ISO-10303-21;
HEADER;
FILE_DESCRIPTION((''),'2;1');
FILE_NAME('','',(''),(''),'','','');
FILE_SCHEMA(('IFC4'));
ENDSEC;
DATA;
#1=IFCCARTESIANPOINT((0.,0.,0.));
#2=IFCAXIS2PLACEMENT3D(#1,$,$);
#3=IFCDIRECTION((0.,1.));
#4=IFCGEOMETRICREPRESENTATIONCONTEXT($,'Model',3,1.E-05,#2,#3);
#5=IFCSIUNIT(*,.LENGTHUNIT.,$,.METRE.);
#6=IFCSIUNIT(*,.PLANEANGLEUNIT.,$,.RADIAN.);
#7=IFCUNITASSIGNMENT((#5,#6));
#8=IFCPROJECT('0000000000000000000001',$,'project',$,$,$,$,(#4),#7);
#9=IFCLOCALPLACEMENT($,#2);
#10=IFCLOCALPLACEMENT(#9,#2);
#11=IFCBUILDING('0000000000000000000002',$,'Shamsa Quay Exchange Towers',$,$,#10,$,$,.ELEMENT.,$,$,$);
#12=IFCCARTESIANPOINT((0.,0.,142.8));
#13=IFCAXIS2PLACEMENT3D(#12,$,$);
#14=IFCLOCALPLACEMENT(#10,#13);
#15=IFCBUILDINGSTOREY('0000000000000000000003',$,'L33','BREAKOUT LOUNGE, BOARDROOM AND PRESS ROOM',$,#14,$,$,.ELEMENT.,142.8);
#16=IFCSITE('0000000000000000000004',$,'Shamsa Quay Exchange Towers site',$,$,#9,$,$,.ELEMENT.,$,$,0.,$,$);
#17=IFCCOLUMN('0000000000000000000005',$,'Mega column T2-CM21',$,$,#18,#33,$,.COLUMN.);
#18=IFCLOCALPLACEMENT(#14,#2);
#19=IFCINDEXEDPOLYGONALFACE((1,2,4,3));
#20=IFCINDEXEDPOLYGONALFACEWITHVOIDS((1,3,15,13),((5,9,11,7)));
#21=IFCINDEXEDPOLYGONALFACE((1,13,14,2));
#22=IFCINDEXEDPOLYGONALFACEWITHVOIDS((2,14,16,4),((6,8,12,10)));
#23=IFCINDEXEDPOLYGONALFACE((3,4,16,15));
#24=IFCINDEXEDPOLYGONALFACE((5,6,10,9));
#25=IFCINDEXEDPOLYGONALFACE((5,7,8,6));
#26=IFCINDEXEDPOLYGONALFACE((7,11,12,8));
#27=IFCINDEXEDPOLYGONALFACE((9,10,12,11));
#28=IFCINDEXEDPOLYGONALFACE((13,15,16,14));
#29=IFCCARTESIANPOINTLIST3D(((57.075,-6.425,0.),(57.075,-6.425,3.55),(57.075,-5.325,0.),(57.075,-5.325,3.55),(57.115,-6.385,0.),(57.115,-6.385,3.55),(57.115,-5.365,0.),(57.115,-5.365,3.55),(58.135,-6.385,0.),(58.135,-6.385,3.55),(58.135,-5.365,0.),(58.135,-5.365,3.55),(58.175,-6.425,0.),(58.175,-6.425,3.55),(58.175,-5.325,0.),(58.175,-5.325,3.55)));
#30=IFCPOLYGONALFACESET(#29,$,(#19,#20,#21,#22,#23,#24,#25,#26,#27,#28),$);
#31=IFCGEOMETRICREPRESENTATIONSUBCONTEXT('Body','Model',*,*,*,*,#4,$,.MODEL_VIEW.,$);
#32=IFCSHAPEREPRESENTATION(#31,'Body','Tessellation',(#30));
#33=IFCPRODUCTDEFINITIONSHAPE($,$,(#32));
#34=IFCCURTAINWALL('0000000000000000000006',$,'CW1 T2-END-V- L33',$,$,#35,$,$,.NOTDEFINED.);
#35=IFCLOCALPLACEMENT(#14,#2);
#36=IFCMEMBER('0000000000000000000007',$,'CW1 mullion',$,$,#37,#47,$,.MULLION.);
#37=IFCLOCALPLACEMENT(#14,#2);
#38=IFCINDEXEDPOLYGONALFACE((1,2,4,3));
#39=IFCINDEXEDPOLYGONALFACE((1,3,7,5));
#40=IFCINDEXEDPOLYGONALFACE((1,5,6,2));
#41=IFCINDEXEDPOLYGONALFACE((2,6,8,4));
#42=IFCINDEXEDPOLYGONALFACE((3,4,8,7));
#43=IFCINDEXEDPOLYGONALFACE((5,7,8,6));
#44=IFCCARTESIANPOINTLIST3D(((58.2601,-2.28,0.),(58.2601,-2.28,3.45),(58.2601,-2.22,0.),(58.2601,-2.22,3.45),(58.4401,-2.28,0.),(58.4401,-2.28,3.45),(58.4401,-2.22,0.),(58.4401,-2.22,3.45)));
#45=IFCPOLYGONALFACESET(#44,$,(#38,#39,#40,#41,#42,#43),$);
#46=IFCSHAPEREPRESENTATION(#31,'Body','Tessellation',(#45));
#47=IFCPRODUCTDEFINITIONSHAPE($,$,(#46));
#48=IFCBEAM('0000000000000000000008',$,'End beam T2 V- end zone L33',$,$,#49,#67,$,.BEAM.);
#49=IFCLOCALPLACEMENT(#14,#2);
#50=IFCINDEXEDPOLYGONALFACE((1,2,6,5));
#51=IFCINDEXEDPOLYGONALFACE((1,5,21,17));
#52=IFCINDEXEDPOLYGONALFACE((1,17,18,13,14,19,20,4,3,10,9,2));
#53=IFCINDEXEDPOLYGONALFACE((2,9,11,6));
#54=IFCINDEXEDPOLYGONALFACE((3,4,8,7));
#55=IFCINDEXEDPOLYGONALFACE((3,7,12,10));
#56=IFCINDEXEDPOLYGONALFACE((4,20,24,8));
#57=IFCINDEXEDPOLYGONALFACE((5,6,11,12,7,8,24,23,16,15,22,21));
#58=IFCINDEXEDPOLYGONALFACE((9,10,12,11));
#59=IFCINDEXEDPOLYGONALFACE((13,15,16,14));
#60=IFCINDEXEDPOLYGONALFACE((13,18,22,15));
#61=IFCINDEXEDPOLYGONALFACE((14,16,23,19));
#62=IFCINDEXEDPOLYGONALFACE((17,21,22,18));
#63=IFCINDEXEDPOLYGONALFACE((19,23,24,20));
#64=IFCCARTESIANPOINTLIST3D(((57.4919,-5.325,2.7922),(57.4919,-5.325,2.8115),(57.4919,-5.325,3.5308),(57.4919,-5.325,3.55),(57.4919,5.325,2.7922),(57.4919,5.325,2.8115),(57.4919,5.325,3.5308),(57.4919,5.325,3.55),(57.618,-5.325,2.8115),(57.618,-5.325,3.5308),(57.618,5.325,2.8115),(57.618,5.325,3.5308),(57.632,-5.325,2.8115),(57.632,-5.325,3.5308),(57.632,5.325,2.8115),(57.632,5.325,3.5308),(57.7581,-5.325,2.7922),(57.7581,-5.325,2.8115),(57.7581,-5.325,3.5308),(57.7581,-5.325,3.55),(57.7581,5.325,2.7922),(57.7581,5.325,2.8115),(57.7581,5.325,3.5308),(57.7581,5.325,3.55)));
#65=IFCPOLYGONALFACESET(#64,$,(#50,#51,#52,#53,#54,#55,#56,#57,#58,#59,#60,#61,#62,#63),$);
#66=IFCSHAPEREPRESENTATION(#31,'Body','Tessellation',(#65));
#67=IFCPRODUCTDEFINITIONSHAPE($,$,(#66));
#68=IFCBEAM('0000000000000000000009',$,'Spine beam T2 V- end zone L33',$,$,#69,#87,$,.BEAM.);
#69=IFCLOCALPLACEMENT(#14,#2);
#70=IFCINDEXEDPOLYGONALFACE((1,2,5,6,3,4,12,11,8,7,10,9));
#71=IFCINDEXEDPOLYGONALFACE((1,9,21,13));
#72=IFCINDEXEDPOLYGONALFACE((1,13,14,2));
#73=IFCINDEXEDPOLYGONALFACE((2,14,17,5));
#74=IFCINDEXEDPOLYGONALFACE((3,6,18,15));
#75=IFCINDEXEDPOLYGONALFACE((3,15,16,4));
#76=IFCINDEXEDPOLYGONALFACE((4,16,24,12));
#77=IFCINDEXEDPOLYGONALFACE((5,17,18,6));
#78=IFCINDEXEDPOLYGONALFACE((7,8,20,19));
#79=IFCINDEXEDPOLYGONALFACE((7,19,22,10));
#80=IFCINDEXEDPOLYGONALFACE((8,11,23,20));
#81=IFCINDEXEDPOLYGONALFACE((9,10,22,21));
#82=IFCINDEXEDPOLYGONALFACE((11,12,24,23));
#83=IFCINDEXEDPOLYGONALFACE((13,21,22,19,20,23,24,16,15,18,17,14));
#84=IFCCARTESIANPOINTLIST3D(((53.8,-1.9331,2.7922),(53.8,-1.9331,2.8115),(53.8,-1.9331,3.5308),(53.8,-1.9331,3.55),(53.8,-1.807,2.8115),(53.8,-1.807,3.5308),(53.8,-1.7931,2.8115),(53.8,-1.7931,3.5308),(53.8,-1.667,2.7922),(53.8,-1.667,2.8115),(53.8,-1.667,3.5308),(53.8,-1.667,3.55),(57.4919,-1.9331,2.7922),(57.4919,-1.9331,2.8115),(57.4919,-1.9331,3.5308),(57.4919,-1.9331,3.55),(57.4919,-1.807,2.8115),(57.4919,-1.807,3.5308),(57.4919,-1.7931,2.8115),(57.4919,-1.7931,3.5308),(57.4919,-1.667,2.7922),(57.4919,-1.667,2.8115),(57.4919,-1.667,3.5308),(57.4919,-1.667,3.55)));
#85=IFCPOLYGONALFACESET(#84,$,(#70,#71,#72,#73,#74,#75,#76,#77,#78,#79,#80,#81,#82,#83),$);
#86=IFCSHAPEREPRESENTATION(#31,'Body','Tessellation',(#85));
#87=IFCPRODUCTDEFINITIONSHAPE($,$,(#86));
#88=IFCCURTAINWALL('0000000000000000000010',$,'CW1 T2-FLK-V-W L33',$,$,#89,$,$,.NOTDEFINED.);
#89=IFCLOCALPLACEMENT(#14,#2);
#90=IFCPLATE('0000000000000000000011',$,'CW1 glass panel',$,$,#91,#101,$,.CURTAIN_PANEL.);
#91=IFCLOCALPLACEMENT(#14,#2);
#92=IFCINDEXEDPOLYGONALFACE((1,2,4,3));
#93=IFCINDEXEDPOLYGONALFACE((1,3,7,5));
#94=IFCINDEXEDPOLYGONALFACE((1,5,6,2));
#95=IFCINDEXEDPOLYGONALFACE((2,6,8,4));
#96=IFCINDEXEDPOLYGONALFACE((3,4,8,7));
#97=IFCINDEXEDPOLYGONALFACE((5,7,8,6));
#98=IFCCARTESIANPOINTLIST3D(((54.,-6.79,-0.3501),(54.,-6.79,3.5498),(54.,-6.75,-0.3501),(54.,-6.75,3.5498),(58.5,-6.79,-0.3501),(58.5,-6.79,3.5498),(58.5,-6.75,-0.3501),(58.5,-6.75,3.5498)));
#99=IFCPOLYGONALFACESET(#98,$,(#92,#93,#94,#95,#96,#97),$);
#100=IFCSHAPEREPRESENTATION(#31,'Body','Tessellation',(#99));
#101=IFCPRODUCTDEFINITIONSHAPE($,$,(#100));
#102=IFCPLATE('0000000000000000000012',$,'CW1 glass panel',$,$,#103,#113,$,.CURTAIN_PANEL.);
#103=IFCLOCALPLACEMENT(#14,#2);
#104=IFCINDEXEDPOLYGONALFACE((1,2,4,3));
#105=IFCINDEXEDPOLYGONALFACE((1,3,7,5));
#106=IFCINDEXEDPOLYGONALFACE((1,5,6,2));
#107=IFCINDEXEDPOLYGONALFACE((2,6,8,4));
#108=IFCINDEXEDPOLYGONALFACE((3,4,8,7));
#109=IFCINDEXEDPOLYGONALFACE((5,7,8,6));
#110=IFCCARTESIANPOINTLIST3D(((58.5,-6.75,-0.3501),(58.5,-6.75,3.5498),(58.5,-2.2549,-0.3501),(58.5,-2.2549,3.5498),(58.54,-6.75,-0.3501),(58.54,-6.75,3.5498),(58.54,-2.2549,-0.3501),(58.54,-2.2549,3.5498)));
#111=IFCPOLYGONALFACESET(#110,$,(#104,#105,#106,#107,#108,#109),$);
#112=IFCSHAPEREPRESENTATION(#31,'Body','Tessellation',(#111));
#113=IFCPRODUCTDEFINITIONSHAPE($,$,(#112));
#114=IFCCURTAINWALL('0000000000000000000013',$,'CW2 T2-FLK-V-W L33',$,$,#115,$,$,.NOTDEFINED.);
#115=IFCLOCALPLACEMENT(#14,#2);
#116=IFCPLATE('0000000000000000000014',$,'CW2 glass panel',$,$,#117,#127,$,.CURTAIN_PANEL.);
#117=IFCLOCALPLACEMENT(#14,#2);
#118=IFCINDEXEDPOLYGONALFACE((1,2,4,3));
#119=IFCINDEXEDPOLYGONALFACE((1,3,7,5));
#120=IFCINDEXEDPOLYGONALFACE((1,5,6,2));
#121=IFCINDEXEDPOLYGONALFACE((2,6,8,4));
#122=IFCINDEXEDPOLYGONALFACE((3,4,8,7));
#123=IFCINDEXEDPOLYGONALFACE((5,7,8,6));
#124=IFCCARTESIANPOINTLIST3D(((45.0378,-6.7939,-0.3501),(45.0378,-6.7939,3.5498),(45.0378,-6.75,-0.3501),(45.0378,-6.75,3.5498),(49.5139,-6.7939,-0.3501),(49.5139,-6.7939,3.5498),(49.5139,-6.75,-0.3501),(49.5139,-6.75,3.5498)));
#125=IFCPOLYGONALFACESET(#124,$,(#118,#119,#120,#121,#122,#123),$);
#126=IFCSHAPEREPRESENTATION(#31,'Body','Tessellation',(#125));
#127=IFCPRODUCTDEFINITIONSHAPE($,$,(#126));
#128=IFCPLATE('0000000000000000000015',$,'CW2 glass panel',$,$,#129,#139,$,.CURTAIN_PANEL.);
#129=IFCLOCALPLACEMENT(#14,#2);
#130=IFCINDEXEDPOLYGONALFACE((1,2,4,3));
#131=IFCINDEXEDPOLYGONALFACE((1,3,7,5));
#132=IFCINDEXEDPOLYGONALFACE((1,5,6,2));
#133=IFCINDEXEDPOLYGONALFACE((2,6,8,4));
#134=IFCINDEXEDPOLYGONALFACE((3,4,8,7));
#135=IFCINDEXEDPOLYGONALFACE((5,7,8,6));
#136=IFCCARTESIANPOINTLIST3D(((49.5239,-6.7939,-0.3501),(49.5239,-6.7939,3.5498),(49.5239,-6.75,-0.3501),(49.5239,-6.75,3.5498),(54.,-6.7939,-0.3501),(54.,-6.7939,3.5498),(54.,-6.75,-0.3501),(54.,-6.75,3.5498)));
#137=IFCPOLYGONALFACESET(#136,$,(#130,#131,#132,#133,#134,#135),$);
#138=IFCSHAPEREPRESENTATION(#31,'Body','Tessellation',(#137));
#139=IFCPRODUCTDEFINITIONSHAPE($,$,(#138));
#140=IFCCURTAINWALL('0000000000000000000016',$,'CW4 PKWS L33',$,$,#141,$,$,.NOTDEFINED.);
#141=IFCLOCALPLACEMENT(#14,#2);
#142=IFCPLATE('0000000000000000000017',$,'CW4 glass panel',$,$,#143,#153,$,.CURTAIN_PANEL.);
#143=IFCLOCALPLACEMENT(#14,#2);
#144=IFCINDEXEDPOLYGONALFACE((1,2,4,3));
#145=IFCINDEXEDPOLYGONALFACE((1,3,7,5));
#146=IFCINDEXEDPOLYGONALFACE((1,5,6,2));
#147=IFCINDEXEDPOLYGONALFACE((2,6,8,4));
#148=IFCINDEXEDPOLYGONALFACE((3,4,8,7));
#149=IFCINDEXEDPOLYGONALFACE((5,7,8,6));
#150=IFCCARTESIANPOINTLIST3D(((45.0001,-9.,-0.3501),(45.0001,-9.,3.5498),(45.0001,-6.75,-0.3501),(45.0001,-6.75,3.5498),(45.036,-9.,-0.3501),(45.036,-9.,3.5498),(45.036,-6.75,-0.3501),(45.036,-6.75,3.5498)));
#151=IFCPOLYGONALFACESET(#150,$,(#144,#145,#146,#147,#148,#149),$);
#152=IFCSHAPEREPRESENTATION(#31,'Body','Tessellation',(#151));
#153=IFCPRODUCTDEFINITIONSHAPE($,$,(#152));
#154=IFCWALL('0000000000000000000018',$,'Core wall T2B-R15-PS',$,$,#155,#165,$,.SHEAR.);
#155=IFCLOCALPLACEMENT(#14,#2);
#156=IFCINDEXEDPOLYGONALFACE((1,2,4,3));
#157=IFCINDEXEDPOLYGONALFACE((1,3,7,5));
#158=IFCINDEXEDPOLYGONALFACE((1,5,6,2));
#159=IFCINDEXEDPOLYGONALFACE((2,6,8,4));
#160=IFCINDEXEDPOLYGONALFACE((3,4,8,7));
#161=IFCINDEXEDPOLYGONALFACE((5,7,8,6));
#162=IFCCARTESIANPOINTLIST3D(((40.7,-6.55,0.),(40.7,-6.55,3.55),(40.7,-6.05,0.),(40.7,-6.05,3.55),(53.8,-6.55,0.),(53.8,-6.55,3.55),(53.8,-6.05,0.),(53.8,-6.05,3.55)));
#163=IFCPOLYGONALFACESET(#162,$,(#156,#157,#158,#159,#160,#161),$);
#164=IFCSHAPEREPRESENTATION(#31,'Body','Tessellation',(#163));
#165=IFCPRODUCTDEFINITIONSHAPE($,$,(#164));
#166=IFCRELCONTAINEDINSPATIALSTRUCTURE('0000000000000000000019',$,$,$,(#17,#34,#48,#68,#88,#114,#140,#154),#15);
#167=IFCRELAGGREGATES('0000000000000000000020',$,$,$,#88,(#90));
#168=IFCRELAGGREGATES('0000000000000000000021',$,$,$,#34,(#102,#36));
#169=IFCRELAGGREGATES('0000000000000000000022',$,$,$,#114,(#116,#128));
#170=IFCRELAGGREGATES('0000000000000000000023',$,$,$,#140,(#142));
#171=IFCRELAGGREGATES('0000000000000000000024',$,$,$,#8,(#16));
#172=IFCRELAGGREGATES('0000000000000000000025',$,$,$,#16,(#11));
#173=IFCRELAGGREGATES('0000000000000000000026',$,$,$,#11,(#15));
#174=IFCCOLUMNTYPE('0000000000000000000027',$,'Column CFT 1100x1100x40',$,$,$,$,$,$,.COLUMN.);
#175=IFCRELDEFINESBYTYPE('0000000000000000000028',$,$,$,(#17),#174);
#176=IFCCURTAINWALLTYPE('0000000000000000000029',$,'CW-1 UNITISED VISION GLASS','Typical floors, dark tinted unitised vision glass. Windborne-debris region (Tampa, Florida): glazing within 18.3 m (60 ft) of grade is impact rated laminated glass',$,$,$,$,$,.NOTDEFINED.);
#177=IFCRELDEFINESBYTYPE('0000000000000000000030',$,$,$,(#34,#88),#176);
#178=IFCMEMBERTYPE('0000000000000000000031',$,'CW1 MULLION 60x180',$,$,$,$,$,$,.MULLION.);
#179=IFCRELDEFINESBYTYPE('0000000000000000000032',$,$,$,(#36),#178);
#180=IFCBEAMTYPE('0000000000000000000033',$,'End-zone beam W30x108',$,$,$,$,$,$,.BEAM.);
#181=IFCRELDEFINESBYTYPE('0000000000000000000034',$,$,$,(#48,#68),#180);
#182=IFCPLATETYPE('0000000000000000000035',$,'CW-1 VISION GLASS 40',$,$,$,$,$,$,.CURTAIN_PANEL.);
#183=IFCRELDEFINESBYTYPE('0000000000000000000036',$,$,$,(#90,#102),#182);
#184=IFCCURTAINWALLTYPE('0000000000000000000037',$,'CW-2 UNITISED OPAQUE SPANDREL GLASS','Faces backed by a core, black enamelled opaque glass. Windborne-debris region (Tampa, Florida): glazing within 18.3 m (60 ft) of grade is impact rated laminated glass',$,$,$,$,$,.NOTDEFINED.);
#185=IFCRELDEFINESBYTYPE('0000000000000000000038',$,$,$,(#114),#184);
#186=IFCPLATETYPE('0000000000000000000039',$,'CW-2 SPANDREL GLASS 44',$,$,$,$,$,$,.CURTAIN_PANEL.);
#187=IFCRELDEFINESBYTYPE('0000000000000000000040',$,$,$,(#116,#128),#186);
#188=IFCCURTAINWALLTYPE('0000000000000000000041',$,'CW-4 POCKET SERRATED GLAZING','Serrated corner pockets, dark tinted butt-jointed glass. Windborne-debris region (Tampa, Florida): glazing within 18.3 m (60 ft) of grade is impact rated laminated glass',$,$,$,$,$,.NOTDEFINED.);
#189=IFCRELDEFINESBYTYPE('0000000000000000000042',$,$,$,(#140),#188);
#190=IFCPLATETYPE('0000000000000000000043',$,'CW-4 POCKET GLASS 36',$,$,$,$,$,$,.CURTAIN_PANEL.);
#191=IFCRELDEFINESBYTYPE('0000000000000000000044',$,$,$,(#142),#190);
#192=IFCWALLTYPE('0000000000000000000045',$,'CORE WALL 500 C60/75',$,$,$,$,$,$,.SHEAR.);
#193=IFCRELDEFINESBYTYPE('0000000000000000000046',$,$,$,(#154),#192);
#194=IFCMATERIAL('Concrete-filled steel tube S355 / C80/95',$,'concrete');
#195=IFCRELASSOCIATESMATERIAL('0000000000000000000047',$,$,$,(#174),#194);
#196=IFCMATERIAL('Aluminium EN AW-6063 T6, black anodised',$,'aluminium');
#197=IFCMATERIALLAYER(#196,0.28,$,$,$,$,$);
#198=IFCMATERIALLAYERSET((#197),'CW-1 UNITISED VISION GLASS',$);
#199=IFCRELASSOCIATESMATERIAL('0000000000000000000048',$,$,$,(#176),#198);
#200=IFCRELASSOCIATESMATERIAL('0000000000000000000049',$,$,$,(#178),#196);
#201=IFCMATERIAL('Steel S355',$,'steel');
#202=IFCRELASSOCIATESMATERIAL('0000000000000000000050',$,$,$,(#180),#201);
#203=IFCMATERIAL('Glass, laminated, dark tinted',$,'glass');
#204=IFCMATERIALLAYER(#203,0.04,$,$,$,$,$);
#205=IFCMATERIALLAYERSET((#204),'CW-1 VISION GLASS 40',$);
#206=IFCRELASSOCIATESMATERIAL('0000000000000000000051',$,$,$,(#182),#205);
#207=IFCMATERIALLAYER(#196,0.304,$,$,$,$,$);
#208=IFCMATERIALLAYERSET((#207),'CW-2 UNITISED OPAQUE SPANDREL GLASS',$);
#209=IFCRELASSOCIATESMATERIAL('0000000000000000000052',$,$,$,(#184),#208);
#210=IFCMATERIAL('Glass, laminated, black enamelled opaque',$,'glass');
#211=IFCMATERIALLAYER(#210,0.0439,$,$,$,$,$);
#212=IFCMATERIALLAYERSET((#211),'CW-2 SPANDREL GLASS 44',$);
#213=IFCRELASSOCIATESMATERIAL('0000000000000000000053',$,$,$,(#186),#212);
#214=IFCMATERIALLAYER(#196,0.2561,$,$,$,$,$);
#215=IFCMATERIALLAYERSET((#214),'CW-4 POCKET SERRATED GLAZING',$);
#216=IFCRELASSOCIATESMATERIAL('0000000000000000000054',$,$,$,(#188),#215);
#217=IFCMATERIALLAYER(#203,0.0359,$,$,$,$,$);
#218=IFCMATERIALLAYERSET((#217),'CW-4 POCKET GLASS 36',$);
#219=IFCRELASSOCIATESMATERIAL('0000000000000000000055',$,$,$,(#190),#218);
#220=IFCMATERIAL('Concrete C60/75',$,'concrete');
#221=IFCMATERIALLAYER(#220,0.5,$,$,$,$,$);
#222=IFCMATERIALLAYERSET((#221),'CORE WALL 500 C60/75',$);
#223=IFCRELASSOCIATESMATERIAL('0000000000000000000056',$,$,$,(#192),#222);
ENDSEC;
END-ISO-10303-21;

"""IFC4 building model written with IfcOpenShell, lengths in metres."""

from ifc_helpers import new_model, si_unit, direction, frame, frame_2d, origin, origin_2d, place, context, subcontext, project, spatial, rectangle, hollow_rectangle, i_section, extrude, material, layer, layer_set, material_profile, profile_set, type_object, element, aggregate, save


model = new_model("IFC4")

# Units and contexts
model_context = context("Model", 3, precision=1e-05, world=origin(), true_north=direction((0.0, 1.0)))
body_context = subcontext(model_context, "Body", "Model", "MODEL_VIEW")
ifc_project = project(units=[si_unit("LENGTHUNIT", "METRE"), si_unit("PLANEANGLEUNIT", "RADIAN")], contexts=[model_context])

# Site, building, storey
site_placement = place(None, origin())
site = spatial("IfcSite", under=ifc_project, at=site_placement, Name="Shamsa Quay Exchange Towers site", CompositionType="ELEMENT", RefElevation=0.0)
building_placement = place(site_placement, origin())
building = spatial("IfcBuilding", under=site, at=building_placement, Name="Shamsa Quay Exchange Towers", CompositionType="ELEMENT")
storey_placement = place(building_placement, frame((0.0, 0.0, 142.8)))
storey = spatial("IfcBuildingStorey", under=building, at=storey_placement, Name="L33", Description="BREAKOUT LOUNGE, BOARDROOM AND PRESS ROOM", CompositionType="ELEMENT", Elevation=142.8)

# Column
ifc_material_1 = material(Name="Concrete-filled steel tube S355 / C80/95", Category="concrete")
ifc_material_profile_1 = material_profile(ifc_material_1, hollow_rectangle(XDim=1.1001, YDim=1.1001, WallThickness=0.04, at=origin_2d()), Name="CFT 1100x1100x40")
ifc_profile_set_1 = profile_set([ifc_material_profile_1], Name="Concrete-filled steel tube S355 / C80/95")
column_type = type_object("IfcColumnType", Name="Column CFT 1100x1100x40", PredefinedType="COLUMN", material=ifc_profile_set_1)
column_placement = place(storey_placement, frame((57.625, -5.875, 0.0)))
element("IfcColumn", 1, at=column_placement, inside=storey, type_object=column_type, Name="Mega column T2-CM21", PredefinedType="COLUMN", context=body_context, shape_type="SweptSolid", body=[
    extrude(hollow_rectangle(XDim=1.1001, YDim=1.1001, WallThickness=0.04, at=origin_2d()), origin(), (0.0, 0.0, 1.0), 3.55),
])

# Curtain wall, member
ifc_material_2 = material(Name="Aluminium EN AW-6063 T6, black anodised", Category="aluminium")
ifc_layer_1 = layer(ifc_material_2, 0.28)
ifc_layer_set_1 = layer_set([ifc_layer_1], Name="CW-1 UNITISED VISION GLASS")
curtain_wall_type_1 = type_object("IfcCurtainWallType", Name="CW-1 UNITISED VISION GLASS", Description="Typical floors, dark tinted unitised vision glass. Windborne-debris region (Tampa, Florida): glazing within 18.3 m (60 ft) of grade is impact rated laminated glass", PredefinedType="NOTDEFINED", material=ifc_layer_set_1)
curtain_wall_1_placement = place(storey_placement, origin())
curtain_wall_1 = element("IfcCurtainWall", 2, at=curtain_wall_1_placement, inside=storey, type_object=curtain_wall_type_1, Name="CW1 T2-END-V- L33", PredefinedType="NOTDEFINED")
ifc_material_profile_2 = material_profile(ifc_material_2, rectangle(XDim=0.1799, YDim=0.0601, at=origin_2d()), Name="MU60x180")
ifc_profile_set_2 = profile_set([ifc_material_profile_2], Name="Aluminium EN AW-6063 T6, black anodised")
member_type = type_object("IfcMemberType", Name="CW1 MULLION 60x180", PredefinedType="MULLION", material=ifc_profile_set_2)
member_placement = place(storey_placement, frame((58.3501, -2.25, 0.0), z_axis=(0.0, 0.0, 1.0), x_axis=(-1.0, 0.0, 0.0)))
member = element("IfcMember", 3, at=member_placement, type_object=member_type, Name="CW1 mullion", PredefinedType="MULLION", context=body_context, shape_type="SweptSolid", body=[
    extrude(rectangle(XDim=0.1799, YDim=0.0601, at=origin_2d()), origin(), (0.0, 0.0, 1.0), 3.45),
])

# Beams
ifc_material_3 = material(Name="Steel S355", Category="steel")
ifc_material_profile_3 = material_profile(ifc_material_3, i_section(OverallWidth=0.2661, OverallDepth=0.7578, WebThickness=0.0139, FlangeThickness=0.0193, at=origin_2d()), Name="W30x108")
ifc_profile_set_3 = profile_set([ifc_material_profile_3], Name="Steel S355")
beam_type = type_object("IfcBeamType", Name="End-zone beam W30x108", PredefinedType="BEAM", material=ifc_profile_set_3)
beam_1_placement = place(storey_placement, frame((57.625, -5.325, 3.1711), z_axis=(0.0, 1.0, 0.0), x_axis=(-1.0, 0.0, 0.0)))
element("IfcBeam", 4, at=beam_1_placement, inside=storey, type_object=beam_type, Name="End beam T2 V- end zone L33", PredefinedType="BEAM", context=body_context, shape_type="SweptSolid", body=[
    extrude(i_section(OverallWidth=0.2661, OverallDepth=0.7578, WebThickness=0.0139, FlangeThickness=0.0193, at=origin_2d()), origin(), (0.0, 0.0, 1.0), 10.6499),
])
beam_2_placement = place(storey_placement, frame((53.8, -1.8, 3.1711), z_axis=(1.0, 0.0, 0.0), x_axis=(0.0, 1.0, 0.0)))
element("IfcBeam", 5, at=beam_2_placement, inside=storey, type_object=beam_type, Name="Spine beam T2 V- end zone L33", PredefinedType="BEAM", context=body_context, shape_type="SweptSolid", body=[
    extrude(i_section(OverallWidth=0.2661, OverallDepth=0.7578, WebThickness=0.0139, FlangeThickness=0.0193, at=origin_2d()), origin(), (0.0, 0.0, 1.0), 3.6919),
])

# Curtain wall, plate
curtain_wall_2_placement = place(storey_placement, origin())
curtain_wall_2 = element("IfcCurtainWall", 6, at=curtain_wall_2_placement, inside=storey, type_object=curtain_wall_type_1, Name="CW1 T2-FLK-V-W L33", PredefinedType="NOTDEFINED")
ifc_material_4 = material(Name="Glass, laminated, dark tinted", Category="glass")
ifc_layer_2 = layer(ifc_material_4, 0.04)
ifc_layer_set_2 = layer_set([ifc_layer_2], Name="CW-1 VISION GLASS 40")
plate_type_1 = type_object("IfcPlateType", Name="CW-1 VISION GLASS 40", PredefinedType="CURTAIN_PANEL", material=ifc_layer_set_2)
plate_1_placement = place(storey_placement, frame((56.25, -6.77, -0.3501)))
plate_1 = element("IfcPlate", 7, at=plate_1_placement, type_object=plate_type_1, Name="CW1 glass panel", PredefinedType="CURTAIN_PANEL", context=body_context, shape_type="SweptSolid", body=[
    extrude(rectangle(XDim=4.5, YDim=0.04, at=origin_2d()), origin(), (0.0, 0.0, 1.0), 3.8999),
])
aggregate(curtain_wall_2, [plate_1])

# Plate
plate_2_placement = place(storey_placement, frame((58.52, -4.5024, -0.3501), z_axis=(0.0, 0.0, 1.0), x_axis=(0.0, 1.0, 0.0)))
plate_2 = element("IfcPlate", 8, at=plate_2_placement, type_object=plate_type_1, Name="CW1 glass panel", PredefinedType="CURTAIN_PANEL", context=body_context, shape_type="SweptSolid", body=[
    extrude(rectangle(XDim=4.4951, YDim=0.04, at=origin_2d()), origin(), (0.0, 0.0, 1.0), 3.8999),
])
aggregate(curtain_wall_1, [plate_2, member])

# Curtain wall, plates
ifc_layer_3 = layer(ifc_material_2, 0.304)
ifc_layer_set_3 = layer_set([ifc_layer_3], Name="CW-2 UNITISED OPAQUE SPANDREL GLASS")
curtain_wall_type_2 = type_object("IfcCurtainWallType", Name="CW-2 UNITISED OPAQUE SPANDREL GLASS", Description="Faces backed by a core, black enamelled opaque glass. Windborne-debris region (Tampa, Florida): glazing within 18.3 m (60 ft) of grade is impact rated laminated glass", PredefinedType="NOTDEFINED", material=ifc_layer_set_3)
curtain_wall_3_placement = place(storey_placement, origin())
curtain_wall_3 = element("IfcCurtainWall", 9, at=curtain_wall_3_placement, inside=storey, type_object=curtain_wall_type_2, Name="CW2 T2-FLK-V-W L33", PredefinedType="NOTDEFINED")
ifc_material_5 = material(Name="Glass, laminated, black enamelled opaque", Category="glass")
ifc_layer_4 = layer(ifc_material_5, 0.0439)
ifc_layer_set_4 = layer_set([ifc_layer_4], Name="CW-2 SPANDREL GLASS 44")
plate_type_2 = type_object("IfcPlateType", Name="CW-2 SPANDREL GLASS 44", PredefinedType="CURTAIN_PANEL", material=ifc_layer_set_4)
plate_3_placement = place(storey_placement, frame((47.2759, -6.772, -0.3501)))
plate_3 = element("IfcPlate", 10, at=plate_3_placement, type_object=plate_type_2, Name="CW2 glass panel", PredefinedType="CURTAIN_PANEL", context=body_context, shape_type="SweptSolid", body=[
    extrude(rectangle(XDim=4.4761, YDim=0.0439, at=origin_2d()), origin(), (0.0, 0.0, 1.0), 3.8999),
])
plate_4_placement = place(storey_placement, frame((51.762, -6.772, -0.3501)))
plate_4 = element("IfcPlate", 11, at=plate_4_placement, type_object=plate_type_2, Name="CW2 glass panel", PredefinedType="CURTAIN_PANEL", context=body_context, shape_type="SweptSolid", body=[
    extrude(rectangle(XDim=4.4761, YDim=0.0439, at=origin_2d()), origin(), (0.0, 0.0, 1.0), 3.8999),
])
aggregate(curtain_wall_3, [plate_3, plate_4])

# Curtain wall, plate
ifc_layer_5 = layer(ifc_material_2, 0.2561)
ifc_layer_set_5 = layer_set([ifc_layer_5], Name="CW-4 POCKET SERRATED GLAZING")
curtain_wall_type_3 = type_object("IfcCurtainWallType", Name="CW-4 POCKET SERRATED GLAZING", Description="Serrated corner pockets, dark tinted butt-jointed glass. Windborne-debris region (Tampa, Florida): glazing within 18.3 m (60 ft) of grade is impact rated laminated glass", PredefinedType="NOTDEFINED", material=ifc_layer_set_5)
curtain_wall_4_placement = place(storey_placement, origin())
curtain_wall_4 = element("IfcCurtainWall", 12, at=curtain_wall_4_placement, inside=storey, type_object=curtain_wall_type_3, Name="CW4 PKWS L33", PredefinedType="NOTDEFINED")
ifc_layer_6 = layer(ifc_material_4, 0.0359)
ifc_layer_set_6 = layer_set([ifc_layer_6], Name="CW-4 POCKET GLASS 36")
plate_type_3 = type_object("IfcPlateType", Name="CW-4 POCKET GLASS 36", PredefinedType="CURTAIN_PANEL", material=ifc_layer_set_6)
plate_5_placement = place(storey_placement, frame((45.0181, -7.875, -0.3501), z_axis=(0.0, 0.0, 1.0), x_axis=(0.0, 1.0, 0.0)))
plate_5 = element("IfcPlate", 13, at=plate_5_placement, type_object=plate_type_3, Name="CW4 glass panel", PredefinedType="CURTAIN_PANEL", context=body_context, shape_type="SweptSolid", body=[
    extrude(rectangle(XDim=2.25, YDim=0.0359, at=origin_2d()), origin(), (0.0, 0.0, 1.0), 3.8999),
])
aggregate(curtain_wall_4, [plate_5])

# Wall
ifc_material_6 = material(Name="Concrete C60/75", Category="concrete")
ifc_layer_7 = layer(ifc_material_6, 0.5)
ifc_layer_set_7 = layer_set([ifc_layer_7], Name="CORE WALL 500 C60/75")
wall_type_1 = type_object("IfcWallType", Name="CORE WALL 500 C60/75", PredefinedType="SHEAR", material=ifc_layer_set_7)
wall_1_placement = place(storey_placement, frame((53.8, -6.3, 0.0), z_axis=(0.0, 0.0, 1.0), x_axis=(-1.0, 0.0, 0.0)))
element("IfcWall", 14, at=wall_1_placement, inside=storey, type_object=wall_type_1, Name="Core wall T2B-R15-PS", PredefinedType="SHEAR", context=body_context, shape_type="SweptSolid", body=[
    extrude(rectangle(XDim=13.1001, YDim=0.5, at=frame_2d((6.55, 0.0))), origin(), (0.0, 0.0, 1.0), 3.55),
])

save(model, "model.ifc")
